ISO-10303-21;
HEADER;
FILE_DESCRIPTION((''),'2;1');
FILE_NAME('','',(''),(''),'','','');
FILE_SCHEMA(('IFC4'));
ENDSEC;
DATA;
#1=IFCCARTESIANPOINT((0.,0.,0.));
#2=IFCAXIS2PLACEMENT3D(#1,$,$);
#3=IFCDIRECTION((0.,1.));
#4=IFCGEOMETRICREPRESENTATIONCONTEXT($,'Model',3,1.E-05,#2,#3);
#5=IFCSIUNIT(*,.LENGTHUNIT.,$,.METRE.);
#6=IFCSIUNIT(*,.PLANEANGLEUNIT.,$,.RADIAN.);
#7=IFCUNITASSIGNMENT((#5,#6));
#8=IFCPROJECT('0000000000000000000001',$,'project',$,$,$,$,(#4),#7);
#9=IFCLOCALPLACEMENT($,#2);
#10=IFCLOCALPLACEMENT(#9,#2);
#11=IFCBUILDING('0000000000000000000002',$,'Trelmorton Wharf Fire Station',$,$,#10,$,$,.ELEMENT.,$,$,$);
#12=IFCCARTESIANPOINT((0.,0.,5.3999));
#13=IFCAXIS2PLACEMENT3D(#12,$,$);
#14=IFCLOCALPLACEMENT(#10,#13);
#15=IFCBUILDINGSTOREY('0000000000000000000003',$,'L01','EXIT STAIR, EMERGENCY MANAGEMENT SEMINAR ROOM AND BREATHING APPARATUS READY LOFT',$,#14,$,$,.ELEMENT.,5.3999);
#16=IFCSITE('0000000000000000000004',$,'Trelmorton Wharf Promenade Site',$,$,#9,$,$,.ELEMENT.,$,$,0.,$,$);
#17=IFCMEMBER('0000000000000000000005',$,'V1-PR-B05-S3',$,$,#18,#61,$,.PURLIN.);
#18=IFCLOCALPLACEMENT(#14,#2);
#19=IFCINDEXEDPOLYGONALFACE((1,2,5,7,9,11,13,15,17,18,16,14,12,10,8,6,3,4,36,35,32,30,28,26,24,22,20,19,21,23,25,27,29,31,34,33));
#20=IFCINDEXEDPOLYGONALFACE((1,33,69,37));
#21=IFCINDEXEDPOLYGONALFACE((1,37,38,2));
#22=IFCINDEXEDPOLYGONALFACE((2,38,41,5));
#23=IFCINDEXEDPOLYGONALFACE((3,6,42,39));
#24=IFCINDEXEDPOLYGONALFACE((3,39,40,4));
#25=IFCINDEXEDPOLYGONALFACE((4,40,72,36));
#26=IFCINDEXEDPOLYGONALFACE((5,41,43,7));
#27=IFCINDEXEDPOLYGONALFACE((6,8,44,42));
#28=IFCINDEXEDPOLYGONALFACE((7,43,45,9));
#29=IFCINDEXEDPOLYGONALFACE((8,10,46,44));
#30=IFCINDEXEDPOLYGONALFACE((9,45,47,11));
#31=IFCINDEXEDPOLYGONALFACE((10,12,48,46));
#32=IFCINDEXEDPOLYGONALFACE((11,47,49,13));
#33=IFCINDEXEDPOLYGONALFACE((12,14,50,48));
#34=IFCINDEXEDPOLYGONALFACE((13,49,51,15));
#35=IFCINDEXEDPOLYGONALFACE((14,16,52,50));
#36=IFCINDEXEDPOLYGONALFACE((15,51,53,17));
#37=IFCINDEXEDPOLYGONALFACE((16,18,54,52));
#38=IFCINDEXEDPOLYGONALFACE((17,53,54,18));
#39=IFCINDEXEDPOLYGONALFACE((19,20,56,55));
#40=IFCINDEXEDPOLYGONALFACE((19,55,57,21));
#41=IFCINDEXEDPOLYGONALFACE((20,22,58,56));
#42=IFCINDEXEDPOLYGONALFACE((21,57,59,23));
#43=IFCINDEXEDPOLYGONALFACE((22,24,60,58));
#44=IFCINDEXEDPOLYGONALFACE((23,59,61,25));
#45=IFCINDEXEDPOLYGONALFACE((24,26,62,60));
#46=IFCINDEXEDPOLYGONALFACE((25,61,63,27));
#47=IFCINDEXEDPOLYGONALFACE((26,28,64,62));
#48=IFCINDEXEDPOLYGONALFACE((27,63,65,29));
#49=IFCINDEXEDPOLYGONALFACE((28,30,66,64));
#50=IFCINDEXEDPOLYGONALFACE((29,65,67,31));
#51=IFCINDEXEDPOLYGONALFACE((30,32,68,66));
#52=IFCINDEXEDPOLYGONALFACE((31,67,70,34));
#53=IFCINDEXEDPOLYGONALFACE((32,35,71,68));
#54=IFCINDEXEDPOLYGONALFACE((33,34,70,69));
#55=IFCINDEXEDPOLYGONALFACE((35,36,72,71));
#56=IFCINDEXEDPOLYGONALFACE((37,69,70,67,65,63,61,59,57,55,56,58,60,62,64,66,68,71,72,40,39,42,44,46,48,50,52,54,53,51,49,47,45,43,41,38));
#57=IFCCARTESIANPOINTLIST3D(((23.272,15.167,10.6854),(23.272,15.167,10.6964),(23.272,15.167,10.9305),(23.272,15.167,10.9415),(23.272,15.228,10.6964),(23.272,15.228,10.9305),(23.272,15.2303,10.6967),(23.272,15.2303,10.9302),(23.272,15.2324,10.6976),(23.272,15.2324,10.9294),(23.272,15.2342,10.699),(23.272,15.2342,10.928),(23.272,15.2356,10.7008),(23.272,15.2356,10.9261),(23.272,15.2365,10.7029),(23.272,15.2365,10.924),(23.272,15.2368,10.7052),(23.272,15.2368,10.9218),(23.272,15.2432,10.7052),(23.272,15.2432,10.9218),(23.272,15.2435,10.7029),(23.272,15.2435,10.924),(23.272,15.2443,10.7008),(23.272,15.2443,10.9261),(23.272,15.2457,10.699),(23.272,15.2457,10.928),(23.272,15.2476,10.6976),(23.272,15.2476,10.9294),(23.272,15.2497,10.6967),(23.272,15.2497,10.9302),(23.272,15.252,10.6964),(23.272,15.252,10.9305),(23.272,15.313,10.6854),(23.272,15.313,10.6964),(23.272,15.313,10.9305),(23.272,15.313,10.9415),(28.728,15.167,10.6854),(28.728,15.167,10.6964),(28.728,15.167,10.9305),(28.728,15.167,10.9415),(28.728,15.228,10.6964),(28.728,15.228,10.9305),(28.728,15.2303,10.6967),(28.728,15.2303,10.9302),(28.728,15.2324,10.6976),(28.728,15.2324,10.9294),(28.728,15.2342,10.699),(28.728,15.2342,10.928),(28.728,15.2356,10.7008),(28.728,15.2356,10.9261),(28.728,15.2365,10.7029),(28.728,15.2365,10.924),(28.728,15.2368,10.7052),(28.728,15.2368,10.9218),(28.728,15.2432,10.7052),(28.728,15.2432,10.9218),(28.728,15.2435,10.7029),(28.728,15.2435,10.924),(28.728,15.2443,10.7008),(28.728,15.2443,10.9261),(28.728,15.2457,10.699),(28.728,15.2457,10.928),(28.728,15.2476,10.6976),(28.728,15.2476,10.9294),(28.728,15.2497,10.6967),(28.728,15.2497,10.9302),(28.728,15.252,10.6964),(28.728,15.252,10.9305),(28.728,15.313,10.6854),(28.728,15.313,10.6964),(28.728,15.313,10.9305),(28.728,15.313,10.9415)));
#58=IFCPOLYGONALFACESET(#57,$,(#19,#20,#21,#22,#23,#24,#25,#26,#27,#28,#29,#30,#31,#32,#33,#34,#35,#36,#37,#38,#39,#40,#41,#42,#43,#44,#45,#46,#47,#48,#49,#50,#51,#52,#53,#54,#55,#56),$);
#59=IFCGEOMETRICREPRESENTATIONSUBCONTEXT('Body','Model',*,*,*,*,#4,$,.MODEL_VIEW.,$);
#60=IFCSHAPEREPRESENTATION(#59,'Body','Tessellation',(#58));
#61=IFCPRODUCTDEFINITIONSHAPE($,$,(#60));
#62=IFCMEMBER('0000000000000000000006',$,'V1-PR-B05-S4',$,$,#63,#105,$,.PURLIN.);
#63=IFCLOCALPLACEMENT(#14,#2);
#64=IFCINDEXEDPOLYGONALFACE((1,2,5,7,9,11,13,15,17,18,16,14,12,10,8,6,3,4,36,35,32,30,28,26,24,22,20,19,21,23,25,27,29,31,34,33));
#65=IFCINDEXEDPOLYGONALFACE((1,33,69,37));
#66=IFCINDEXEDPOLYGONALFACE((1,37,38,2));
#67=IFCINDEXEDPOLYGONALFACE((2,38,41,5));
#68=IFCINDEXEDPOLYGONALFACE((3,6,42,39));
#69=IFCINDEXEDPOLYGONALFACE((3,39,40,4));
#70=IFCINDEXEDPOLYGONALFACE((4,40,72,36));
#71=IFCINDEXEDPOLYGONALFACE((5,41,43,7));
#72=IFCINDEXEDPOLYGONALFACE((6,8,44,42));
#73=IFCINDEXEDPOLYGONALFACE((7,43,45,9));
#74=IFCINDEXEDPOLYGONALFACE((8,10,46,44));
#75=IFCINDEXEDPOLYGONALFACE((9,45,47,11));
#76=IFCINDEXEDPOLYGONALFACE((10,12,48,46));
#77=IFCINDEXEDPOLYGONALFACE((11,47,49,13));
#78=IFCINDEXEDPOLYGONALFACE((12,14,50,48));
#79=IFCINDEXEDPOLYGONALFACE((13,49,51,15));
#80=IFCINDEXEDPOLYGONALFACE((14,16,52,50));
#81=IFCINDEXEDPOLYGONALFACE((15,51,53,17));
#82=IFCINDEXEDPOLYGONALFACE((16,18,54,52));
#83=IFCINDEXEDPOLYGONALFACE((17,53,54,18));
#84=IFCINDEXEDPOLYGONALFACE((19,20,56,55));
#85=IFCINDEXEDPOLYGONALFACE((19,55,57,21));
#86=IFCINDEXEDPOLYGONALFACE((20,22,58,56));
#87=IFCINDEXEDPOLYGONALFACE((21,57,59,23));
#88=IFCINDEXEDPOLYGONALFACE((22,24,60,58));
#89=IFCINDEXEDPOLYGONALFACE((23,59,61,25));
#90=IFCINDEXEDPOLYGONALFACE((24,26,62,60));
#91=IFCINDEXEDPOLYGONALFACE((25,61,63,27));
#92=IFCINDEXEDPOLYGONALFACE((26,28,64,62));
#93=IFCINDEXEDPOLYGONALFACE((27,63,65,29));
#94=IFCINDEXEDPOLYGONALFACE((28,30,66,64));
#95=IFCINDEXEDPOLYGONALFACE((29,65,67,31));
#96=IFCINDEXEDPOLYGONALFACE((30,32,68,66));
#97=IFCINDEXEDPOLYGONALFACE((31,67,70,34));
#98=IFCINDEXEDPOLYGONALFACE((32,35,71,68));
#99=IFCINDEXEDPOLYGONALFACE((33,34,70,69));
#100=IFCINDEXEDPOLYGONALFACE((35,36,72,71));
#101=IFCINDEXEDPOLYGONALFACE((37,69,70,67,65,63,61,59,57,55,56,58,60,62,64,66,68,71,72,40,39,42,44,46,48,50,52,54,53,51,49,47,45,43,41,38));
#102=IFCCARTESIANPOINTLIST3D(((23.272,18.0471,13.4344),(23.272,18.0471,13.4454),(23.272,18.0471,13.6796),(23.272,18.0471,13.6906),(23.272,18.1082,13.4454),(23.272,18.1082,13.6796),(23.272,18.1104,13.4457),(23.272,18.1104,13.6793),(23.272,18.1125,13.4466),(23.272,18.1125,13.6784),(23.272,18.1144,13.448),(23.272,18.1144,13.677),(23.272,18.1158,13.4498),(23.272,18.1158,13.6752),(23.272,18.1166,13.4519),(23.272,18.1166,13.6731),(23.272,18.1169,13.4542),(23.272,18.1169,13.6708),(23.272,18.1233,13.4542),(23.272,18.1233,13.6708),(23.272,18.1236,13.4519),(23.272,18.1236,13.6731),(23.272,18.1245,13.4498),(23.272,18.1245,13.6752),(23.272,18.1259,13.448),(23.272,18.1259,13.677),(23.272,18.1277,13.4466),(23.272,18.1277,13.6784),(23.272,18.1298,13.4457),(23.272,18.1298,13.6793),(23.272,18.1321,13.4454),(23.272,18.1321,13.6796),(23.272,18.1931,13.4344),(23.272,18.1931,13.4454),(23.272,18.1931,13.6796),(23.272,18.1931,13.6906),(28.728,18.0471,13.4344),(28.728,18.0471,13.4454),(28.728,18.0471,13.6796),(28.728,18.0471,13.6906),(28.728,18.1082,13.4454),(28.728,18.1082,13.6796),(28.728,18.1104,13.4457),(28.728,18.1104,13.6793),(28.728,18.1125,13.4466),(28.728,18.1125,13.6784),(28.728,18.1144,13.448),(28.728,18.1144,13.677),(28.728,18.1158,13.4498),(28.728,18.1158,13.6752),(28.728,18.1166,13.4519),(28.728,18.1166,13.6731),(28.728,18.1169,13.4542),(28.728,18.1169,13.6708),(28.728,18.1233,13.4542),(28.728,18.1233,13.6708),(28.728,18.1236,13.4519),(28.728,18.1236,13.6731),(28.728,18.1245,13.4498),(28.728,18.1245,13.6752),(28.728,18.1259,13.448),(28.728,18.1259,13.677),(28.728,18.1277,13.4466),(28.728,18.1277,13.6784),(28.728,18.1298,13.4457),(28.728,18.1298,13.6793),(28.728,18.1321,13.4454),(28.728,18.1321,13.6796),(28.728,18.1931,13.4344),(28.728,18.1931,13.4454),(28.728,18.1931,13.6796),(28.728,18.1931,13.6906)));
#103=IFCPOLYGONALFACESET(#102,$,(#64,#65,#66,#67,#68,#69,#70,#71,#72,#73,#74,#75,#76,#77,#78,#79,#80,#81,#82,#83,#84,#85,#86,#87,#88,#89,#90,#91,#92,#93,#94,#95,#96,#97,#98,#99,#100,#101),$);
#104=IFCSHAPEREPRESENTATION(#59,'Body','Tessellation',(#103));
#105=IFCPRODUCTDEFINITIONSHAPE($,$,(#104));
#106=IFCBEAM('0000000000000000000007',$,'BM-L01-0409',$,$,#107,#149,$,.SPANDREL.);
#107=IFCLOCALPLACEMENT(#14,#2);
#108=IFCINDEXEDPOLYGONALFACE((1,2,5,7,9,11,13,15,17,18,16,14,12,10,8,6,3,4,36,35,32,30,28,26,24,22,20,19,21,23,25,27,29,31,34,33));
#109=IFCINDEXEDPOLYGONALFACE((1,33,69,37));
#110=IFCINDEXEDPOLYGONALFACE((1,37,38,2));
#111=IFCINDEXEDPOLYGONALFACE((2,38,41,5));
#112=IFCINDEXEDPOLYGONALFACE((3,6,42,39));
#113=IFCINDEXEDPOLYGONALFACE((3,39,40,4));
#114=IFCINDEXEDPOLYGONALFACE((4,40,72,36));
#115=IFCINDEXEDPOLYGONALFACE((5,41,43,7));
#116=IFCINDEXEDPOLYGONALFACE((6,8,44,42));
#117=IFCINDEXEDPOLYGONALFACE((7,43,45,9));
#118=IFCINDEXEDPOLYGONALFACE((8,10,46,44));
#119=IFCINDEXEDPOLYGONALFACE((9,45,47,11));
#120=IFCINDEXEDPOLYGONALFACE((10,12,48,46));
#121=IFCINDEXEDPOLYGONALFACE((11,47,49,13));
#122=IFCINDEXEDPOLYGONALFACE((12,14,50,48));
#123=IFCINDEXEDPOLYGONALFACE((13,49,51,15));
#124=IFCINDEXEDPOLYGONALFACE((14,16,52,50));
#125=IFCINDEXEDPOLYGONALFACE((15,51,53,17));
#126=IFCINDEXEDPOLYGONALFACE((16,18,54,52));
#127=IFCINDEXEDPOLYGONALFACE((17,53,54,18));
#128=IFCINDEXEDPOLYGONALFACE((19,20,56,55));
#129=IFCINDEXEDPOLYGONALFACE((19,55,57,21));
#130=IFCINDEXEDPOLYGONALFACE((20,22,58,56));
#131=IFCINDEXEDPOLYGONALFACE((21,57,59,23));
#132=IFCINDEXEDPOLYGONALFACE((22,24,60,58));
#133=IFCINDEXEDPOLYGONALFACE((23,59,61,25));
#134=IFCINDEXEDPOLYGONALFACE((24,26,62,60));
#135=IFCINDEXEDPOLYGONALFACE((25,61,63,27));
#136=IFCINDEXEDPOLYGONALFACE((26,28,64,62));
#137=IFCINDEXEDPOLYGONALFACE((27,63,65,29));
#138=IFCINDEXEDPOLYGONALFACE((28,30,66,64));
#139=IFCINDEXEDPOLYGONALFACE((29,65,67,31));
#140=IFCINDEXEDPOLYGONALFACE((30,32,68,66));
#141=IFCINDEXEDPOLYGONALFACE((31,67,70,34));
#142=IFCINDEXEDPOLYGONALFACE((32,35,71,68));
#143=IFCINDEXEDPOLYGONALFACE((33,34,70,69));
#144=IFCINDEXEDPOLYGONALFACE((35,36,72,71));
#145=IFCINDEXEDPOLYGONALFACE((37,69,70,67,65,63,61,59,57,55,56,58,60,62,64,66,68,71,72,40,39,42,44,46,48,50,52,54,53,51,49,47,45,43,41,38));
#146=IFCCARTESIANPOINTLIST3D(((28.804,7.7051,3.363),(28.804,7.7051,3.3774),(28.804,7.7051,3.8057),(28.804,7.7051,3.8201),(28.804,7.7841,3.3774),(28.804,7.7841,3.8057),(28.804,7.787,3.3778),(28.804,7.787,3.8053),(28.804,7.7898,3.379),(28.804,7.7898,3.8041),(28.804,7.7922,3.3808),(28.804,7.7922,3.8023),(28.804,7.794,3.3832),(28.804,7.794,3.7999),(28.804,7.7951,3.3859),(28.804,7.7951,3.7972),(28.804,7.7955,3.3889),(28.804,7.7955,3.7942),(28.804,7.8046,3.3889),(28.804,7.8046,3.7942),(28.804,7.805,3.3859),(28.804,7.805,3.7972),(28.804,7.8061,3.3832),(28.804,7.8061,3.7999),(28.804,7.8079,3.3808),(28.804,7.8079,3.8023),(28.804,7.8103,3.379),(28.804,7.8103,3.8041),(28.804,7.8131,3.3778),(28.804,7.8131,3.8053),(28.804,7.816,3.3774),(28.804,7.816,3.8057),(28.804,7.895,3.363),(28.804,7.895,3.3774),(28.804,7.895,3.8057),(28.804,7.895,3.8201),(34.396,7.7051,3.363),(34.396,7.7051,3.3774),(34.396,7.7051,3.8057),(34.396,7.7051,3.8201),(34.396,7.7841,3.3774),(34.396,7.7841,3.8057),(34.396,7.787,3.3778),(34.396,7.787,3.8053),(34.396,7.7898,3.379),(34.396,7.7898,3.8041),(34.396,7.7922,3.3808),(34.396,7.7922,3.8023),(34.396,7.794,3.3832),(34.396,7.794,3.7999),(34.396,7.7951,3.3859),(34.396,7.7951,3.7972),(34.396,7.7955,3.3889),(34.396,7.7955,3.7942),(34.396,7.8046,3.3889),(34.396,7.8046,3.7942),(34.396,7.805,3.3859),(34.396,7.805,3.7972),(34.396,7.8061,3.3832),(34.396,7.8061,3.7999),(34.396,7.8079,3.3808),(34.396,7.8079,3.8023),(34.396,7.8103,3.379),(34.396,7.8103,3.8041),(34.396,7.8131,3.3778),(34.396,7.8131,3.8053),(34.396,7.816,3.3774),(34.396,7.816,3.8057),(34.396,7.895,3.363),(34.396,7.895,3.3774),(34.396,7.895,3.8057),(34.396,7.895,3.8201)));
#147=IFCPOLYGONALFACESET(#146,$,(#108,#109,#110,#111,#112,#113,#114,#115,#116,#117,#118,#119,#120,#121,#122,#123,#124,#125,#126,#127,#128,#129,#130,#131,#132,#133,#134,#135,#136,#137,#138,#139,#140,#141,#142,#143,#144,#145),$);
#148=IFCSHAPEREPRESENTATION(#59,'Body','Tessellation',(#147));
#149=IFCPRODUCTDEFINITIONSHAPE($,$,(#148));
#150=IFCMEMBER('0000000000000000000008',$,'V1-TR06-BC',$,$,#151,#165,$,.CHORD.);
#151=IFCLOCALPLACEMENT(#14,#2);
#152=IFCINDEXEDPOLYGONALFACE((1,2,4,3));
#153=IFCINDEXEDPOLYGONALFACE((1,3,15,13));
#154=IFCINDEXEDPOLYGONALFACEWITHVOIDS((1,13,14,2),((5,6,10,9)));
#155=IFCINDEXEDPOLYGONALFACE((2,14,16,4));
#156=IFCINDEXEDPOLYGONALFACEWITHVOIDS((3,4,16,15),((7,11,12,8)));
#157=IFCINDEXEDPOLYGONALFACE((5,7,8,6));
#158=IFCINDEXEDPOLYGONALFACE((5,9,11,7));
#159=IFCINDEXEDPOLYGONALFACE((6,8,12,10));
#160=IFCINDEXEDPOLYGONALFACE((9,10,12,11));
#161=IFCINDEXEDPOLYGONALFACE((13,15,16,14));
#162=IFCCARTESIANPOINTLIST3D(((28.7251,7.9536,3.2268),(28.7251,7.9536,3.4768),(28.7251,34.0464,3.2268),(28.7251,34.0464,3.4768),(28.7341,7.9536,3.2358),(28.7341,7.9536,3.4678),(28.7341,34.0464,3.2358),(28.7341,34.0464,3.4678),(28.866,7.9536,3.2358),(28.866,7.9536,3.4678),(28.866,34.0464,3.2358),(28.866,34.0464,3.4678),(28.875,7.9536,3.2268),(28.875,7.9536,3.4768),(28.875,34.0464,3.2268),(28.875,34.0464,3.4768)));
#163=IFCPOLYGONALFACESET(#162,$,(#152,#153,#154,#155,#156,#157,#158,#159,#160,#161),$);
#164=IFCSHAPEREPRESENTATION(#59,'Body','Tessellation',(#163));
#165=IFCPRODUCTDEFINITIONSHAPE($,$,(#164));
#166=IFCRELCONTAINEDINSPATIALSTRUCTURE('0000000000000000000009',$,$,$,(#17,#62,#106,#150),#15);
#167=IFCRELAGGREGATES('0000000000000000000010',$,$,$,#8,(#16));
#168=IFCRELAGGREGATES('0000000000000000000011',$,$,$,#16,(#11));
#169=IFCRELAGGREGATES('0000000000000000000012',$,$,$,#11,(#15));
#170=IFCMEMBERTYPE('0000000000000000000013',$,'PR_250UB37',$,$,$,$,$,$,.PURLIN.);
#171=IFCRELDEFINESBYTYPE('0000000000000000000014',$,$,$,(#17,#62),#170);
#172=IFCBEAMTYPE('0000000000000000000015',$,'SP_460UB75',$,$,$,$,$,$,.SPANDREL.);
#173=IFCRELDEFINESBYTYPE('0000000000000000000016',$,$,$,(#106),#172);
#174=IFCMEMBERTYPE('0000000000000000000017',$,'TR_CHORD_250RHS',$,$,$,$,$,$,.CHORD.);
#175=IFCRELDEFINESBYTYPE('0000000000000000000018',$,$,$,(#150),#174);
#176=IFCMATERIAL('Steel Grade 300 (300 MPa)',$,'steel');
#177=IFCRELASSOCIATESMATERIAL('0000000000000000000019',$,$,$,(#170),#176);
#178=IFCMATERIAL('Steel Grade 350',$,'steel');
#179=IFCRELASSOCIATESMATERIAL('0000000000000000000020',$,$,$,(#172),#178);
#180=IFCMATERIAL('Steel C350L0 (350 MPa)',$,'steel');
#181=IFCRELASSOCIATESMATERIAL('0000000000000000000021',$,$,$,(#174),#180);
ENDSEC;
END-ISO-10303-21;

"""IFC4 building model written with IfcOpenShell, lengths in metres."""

from ifc_helpers import new_model, si_unit, direction, frame, origin, origin_2d, place, context, subcontext, project, spatial, hollow_rectangle, i_section, extrude, material, material_profile, profile_set, type_object, element, save


model = new_model("IFC4")

# Units and contexts
model_context = context("Model", 3, precision=1e-05, world=origin(), true_north=direction((0.0, 1.0)))
body_context = subcontext(model_context, "Body", "Model", "MODEL_VIEW")
ifc_project = project(units=[si_unit("LENGTHUNIT", "METRE"), si_unit("PLANEANGLEUNIT", "RADIAN")], contexts=[model_context])

# Site, building, storey
site_placement = place(None, origin())
site = spatial("IfcSite", under=ifc_project, at=site_placement, Name="Trelmorton Wharf Promenade Site", CompositionType="ELEMENT", RefElevation=0.0)
building_placement = place(site_placement, origin())
building = spatial("IfcBuilding", under=site, at=building_placement, Name="Trelmorton Wharf Fire Station", CompositionType="ELEMENT")
storey_placement = place(building_placement, frame((0.0, 0.0, 5.3999)))
storey = spatial("IfcBuildingStorey", under=building, at=storey_placement, Name="L01", Description="EXIT STAIR, EMERGENCY MANAGEMENT SEMINAR ROOM AND BREATHING APPARATUS READY LOFT", CompositionType="ELEMENT", Elevation=5.3999)

# Shared definitions
ifc_material_1 = material(Name="Steel Grade 350", Category="steel")

# Members
ifc_material_2 = material(Name="Steel Grade 300 (300 MPa)", Category="steel")
ifc_material_profile_1 = material_profile(ifc_material_2, i_section(OverallWidth=0.146, OverallDepth=0.2561, WebThickness=0.0063, FlangeThickness=0.011, FilletRadius=0.0088, at=origin_2d()), Name="250UB37.3")
ifc_profile_set_1 = profile_set([ifc_material_profile_1], Name="Steel Grade 300 (300 MPa)")
member_type_1 = type_object("IfcMemberType", Name="PR_250UB37", PredefinedType="PURLIN", material=ifc_profile_set_1)
for number, where, z_axis, x_axis, name in (
    (1, (23.272, 15.24, 10.8135), (1.0, 0.0, 0.0), (0.0, 1.0, 0.0), "V1-PR-B05-S3"),
    (2, (23.272, 18.1201, 13.5625), (1.0, 0.0, 0.0), (0.0, 1.0, 0.0), "V1-PR-B05-S4"),
):
    element("IfcMember", number, at=place(storey_placement, frame(where, z_axis=z_axis, x_axis=x_axis)), inside=storey, type_object=member_type_1, Name=name, PredefinedType="PURLIN", context=body_context, shape_type="SweptSolid", body=[
        extrude(i_section(OverallWidth=0.146, OverallDepth=0.2561, WebThickness=0.0063, FlangeThickness=0.011, FilletRadius=0.0088, at=origin_2d()), origin(), (0.0, 0.0, 1.0), 5.4561),
    ])

# Beam
ifc_material_profile_2 = material_profile(ifc_material_1, i_section(OverallWidth=0.1899, OverallDepth=0.457, WebThickness=0.009, FlangeThickness=0.0144, FilletRadius=0.0115, at=origin_2d()), Name="460UB74.6")
ifc_profile_set_2 = profile_set([ifc_material_profile_2], Name="Steel Grade 350")
beam_type = type_object("IfcBeamType", Name="SP_460UB75", PredefinedType="SPANDREL", material=ifc_profile_set_2)
beam_placement = place(storey_placement, frame((28.804, 7.8, 3.5916), z_axis=(1.0, 0.0, 0.0), x_axis=(0.0, 1.0, 0.0)))
element("IfcBeam", 3, at=beam_placement, inside=storey, type_object=beam_type, Name="BM-L01-0409", PredefinedType="SPANDREL", context=body_context, shape_type="SweptSolid", body=[
    extrude(i_section(OverallWidth=0.1899, OverallDepth=0.457, WebThickness=0.009, FlangeThickness=0.0144, FilletRadius=0.0115, at=origin_2d()), origin(), (0.0, 0.0, 1.0), 5.592),
])

# Member
ifc_material_3 = material(Name="Steel C350L0 (350 MPa)", Category="steel")
ifc_material_profile_3 = material_profile(ifc_material_3, hollow_rectangle(XDim=0.1499, YDim=0.25, WallThickness=0.009, at=origin_2d()), Name="250x150x9.0RHS")
ifc_profile_set_3 = profile_set([ifc_material_profile_3], Name="Steel C350L0 (350 MPa)")
member_type_2 = type_object("IfcMemberType", Name="TR_CHORD_250RHS", PredefinedType="CHORD", material=ifc_profile_set_3)
member_1_placement = place(storey_placement, frame((28.8, 7.9536, 3.3518), z_axis=(0.0, 1.0, 0.0), x_axis=(-1.0, 0.0, 0.0)))
element("IfcMember", 4, at=member_1_placement, inside=storey, type_object=member_type_2, Name="V1-TR06-BC", PredefinedType="CHORD", context=body_context, shape_type="SweptSolid", body=[
    extrude(hollow_rectangle(XDim=0.1499, YDim=0.25, WallThickness=0.009, at=origin_2d()), origin(), (0.0, 0.0, 1.0), 26.0928),
])

save(model, "model.ifc")
